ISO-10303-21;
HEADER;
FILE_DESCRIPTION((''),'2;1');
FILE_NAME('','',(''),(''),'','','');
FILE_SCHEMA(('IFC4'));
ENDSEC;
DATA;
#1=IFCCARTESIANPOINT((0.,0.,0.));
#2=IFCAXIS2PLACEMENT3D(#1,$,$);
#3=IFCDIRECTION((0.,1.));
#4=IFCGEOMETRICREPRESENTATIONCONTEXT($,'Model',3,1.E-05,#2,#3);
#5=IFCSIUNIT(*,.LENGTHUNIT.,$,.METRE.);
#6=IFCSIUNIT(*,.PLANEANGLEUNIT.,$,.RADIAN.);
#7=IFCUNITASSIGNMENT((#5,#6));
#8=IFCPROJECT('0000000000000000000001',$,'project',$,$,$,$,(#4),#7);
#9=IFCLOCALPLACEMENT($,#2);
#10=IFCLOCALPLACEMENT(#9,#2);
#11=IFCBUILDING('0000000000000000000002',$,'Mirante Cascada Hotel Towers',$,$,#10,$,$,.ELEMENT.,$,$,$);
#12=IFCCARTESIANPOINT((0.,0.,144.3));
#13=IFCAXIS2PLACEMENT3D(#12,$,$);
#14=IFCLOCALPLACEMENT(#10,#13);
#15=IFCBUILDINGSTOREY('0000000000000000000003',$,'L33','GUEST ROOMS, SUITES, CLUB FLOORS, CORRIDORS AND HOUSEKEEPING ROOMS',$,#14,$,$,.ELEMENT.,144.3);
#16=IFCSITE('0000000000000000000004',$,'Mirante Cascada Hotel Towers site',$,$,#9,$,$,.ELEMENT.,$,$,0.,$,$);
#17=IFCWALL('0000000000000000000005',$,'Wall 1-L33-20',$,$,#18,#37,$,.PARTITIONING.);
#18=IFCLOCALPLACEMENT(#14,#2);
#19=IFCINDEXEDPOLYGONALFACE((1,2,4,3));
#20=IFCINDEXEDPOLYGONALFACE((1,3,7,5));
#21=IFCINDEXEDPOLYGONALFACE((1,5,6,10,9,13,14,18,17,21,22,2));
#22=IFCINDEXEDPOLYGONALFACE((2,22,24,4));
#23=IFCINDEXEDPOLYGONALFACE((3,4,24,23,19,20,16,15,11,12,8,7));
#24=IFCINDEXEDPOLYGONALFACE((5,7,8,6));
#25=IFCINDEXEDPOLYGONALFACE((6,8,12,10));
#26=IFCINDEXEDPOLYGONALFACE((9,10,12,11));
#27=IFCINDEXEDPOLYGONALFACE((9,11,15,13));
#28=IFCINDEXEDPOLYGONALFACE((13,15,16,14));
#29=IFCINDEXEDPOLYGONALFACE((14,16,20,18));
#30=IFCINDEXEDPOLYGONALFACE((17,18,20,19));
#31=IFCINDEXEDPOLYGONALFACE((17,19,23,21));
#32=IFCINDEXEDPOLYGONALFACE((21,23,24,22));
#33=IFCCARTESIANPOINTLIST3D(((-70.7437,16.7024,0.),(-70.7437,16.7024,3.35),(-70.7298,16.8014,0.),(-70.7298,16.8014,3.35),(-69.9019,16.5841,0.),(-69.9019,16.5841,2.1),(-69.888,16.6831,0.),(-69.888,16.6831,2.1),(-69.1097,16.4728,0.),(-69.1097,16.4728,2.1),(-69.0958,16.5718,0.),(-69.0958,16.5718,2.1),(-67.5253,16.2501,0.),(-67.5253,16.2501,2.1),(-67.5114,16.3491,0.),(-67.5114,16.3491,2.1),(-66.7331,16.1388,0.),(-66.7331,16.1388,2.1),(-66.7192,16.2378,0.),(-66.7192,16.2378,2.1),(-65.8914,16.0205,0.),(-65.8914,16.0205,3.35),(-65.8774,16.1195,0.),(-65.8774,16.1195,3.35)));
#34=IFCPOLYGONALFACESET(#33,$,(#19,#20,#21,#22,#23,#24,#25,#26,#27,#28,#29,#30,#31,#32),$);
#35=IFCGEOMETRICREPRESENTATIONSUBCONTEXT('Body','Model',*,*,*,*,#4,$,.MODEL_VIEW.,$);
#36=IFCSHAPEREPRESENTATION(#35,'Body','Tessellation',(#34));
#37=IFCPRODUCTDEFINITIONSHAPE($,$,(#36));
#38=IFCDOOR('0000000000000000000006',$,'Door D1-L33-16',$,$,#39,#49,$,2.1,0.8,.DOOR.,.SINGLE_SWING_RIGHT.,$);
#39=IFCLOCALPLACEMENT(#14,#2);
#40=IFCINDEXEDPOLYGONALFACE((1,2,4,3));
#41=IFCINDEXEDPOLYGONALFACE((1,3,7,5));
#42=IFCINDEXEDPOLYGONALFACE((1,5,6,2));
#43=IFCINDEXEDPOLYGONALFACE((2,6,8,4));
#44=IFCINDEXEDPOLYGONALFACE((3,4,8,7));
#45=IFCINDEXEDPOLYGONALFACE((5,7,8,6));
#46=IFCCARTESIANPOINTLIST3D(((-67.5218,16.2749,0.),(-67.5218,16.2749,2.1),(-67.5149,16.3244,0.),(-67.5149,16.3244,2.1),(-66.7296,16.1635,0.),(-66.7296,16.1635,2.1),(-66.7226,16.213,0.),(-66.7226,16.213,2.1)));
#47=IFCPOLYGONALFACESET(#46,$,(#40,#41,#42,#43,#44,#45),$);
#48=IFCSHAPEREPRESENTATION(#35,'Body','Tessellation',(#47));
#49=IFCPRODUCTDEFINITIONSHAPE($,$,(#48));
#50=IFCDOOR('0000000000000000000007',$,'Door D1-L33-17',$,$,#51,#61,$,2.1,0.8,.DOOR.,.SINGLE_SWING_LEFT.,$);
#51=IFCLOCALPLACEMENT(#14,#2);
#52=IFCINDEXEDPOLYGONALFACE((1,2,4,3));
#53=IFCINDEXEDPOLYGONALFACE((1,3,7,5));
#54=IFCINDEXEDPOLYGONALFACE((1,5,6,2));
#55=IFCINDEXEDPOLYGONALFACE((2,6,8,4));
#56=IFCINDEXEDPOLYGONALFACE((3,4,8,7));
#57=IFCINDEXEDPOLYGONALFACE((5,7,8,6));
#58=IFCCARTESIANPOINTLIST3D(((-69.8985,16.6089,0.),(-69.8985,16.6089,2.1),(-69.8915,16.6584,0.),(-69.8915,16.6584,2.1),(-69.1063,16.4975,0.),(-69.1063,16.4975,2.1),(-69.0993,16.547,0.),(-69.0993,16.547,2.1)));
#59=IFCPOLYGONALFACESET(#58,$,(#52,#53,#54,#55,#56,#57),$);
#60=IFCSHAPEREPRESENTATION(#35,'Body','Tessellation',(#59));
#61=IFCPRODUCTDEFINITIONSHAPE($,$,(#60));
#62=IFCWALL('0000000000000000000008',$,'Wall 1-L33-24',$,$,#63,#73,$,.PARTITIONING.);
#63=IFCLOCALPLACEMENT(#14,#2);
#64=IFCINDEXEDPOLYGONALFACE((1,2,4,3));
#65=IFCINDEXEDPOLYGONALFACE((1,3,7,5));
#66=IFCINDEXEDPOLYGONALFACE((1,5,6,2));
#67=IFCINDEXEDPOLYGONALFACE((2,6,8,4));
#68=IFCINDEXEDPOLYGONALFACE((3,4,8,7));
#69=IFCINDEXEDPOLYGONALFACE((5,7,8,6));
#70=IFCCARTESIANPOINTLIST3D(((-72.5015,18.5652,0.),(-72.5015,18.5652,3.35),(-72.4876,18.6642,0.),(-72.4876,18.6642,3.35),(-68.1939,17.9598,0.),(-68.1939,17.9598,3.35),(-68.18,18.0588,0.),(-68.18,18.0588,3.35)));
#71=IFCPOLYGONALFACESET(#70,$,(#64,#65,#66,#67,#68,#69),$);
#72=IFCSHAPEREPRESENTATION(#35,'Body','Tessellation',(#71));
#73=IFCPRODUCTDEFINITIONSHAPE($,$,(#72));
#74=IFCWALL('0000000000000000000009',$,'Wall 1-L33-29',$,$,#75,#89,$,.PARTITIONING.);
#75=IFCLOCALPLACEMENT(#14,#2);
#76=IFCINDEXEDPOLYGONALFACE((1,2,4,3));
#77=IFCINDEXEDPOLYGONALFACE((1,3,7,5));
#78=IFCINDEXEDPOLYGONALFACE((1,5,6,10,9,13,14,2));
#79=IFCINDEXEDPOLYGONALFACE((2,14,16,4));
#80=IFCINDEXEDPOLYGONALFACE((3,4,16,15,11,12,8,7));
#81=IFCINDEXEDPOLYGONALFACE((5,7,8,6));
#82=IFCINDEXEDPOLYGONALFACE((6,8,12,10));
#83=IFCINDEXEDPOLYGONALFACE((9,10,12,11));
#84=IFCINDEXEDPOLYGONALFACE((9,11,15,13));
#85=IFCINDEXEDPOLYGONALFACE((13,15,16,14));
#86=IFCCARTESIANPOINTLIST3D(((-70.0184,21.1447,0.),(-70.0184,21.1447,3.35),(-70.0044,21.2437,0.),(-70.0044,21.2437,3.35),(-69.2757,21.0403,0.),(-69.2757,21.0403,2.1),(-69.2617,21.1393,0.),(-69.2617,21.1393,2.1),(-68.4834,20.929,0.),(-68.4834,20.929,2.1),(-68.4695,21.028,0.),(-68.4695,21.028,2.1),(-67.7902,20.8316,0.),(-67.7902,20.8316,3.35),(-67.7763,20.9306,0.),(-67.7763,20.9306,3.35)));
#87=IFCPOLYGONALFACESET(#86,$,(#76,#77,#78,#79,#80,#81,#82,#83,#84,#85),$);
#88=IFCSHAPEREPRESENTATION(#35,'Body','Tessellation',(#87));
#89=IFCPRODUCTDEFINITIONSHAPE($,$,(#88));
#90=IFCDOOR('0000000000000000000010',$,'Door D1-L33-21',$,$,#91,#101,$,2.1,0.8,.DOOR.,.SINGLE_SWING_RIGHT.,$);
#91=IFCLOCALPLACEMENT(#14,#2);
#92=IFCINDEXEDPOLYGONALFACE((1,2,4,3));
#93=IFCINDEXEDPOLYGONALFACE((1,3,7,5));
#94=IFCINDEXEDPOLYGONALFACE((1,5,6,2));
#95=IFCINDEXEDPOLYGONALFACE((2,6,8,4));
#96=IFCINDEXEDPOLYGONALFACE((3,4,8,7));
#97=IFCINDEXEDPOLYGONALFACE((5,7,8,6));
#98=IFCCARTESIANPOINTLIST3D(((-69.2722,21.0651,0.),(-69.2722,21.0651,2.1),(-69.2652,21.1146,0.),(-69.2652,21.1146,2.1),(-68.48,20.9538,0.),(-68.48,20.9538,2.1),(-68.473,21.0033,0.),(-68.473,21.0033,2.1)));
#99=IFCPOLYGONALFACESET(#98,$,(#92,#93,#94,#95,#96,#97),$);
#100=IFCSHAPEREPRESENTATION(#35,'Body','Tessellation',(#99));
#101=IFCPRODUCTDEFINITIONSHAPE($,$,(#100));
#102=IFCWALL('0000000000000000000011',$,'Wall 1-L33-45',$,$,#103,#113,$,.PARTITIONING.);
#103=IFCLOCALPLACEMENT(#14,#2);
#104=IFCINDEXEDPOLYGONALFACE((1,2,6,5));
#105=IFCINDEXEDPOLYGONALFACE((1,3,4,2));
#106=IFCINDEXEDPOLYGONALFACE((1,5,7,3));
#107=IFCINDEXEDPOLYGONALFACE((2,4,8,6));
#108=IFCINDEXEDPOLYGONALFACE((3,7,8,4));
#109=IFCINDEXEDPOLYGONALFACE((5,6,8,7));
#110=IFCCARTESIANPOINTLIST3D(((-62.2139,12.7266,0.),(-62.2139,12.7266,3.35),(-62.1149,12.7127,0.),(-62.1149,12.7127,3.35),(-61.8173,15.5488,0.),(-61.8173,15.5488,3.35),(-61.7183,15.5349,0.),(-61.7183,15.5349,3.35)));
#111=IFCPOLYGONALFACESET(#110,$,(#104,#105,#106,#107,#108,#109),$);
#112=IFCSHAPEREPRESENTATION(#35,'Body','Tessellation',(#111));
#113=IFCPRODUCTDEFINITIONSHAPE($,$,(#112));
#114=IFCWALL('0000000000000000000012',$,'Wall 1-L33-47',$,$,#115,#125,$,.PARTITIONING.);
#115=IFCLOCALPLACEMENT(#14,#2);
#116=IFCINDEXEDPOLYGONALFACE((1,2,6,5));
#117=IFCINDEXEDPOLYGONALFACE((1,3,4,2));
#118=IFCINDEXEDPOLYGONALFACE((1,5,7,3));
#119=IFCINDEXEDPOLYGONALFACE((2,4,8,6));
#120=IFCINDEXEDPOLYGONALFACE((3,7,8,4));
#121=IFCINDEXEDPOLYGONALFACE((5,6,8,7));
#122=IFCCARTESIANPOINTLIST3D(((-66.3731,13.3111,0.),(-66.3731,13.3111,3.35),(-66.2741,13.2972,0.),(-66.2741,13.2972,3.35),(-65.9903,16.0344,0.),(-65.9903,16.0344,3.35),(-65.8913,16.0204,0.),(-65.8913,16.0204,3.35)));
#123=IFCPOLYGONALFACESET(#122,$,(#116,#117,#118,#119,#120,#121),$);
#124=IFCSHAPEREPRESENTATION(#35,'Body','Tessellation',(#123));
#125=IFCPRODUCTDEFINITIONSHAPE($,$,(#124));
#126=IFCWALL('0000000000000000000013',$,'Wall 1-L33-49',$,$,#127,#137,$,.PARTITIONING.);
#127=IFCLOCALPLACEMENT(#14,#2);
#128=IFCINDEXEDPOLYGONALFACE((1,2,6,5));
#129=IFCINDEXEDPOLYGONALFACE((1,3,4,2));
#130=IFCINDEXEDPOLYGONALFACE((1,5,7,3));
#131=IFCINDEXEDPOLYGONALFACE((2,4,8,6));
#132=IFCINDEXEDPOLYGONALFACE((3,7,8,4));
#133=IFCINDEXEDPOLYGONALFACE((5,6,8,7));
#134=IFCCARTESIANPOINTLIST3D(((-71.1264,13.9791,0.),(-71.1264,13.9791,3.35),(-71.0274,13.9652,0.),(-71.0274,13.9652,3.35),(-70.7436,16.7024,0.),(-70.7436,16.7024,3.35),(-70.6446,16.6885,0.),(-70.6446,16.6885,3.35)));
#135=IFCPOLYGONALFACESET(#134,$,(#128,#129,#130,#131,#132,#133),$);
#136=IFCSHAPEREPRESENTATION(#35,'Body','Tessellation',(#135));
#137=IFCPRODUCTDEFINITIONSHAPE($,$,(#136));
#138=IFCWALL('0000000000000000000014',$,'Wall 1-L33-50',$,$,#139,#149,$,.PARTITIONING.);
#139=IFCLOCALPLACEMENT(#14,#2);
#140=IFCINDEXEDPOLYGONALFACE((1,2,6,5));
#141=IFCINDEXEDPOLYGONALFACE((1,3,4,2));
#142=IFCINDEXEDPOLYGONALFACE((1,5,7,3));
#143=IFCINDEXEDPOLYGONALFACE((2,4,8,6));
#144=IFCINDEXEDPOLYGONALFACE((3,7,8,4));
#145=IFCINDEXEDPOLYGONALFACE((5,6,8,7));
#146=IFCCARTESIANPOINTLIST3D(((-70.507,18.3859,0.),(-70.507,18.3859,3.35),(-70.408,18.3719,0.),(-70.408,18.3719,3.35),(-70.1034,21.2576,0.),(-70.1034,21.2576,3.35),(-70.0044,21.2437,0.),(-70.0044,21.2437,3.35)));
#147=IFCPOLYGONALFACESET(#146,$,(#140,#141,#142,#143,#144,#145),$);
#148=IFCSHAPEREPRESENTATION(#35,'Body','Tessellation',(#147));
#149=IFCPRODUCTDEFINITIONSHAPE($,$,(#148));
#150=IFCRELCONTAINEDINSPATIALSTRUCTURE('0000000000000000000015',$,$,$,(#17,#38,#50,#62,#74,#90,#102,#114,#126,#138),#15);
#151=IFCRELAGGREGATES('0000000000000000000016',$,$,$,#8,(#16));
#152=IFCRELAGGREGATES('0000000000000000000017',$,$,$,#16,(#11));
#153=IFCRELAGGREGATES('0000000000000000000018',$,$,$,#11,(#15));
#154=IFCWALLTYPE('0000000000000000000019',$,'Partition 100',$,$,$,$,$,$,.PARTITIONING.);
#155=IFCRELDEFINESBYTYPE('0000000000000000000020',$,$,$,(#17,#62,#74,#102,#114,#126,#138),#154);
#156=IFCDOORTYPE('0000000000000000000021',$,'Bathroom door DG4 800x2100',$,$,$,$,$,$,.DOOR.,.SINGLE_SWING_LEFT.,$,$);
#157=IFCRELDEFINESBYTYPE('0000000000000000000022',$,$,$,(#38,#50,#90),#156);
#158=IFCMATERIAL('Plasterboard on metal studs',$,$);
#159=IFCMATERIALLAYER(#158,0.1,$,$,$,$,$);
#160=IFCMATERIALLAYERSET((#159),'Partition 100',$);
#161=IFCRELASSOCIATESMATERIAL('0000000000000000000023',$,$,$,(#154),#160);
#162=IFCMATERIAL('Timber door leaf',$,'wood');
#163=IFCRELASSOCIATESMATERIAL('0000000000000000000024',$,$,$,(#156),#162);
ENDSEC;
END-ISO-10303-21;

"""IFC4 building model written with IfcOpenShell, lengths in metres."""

from ifc_helpers import new_model, si_unit, direction, frame, frame_2d, origin, place, context, subcontext, project, spatial, rectangle, extrude, material, layer, layer_set, type_object, element, fill, save


model = new_model("IFC4")

# Units and contexts
model_context = context("Model", 3, precision=1e-05, world=origin(), true_north=direction((0.0, 1.0)))
body_context = subcontext(model_context, "Body", "Model", "MODEL_VIEW")
ifc_project = project(units=[si_unit("LENGTHUNIT", "METRE"), si_unit("PLANEANGLEUNIT", "RADIAN")], contexts=[model_context])

# Site, building, storey
site_placement = place(None, origin())
site = spatial("IfcSite", under=ifc_project, at=site_placement, Name="Mirante Cascada Hotel Towers site", CompositionType="ELEMENT", RefElevation=0.0)
building_placement = place(site_placement, origin())
building = spatial("IfcBuilding", under=site, at=building_placement, Name="Mirante Cascada Hotel Towers", CompositionType="ELEMENT")
storey_placement = place(building_placement, frame((0.0, 0.0, 144.3)))
storey = spatial("IfcBuildingStorey", under=building, at=storey_placement, Name="L33", Description="GUEST ROOMS, SUITES, CLUB FLOORS, CORRIDORS AND HOUSEKEEPING ROOMS", CompositionType="ELEMENT", Elevation=144.3)

# Shared definitions
ifc_material_1 = material(Name="Plasterboard on metal studs")
ifc_layer_1 = layer(ifc_material_1, 0.1)
ifc_layer_set_1 = layer_set([ifc_layer_1], Name="Partition 100")
wall_type = type_object("IfcWallType", Name="Partition 100", PredefinedType="PARTITIONING", material=ifc_layer_set_1)
ifc_material_2 = material(Name="Timber door leaf", Category="wood")
door_type = type_object("IfcDoorType", Name="Bathroom door DG4 800x2100", OperationType="SINGLE_SWING_LEFT", PredefinedType="DOOR", material=ifc_material_2)

# Wall, openings, doors
wall_1_placement = place(storey_placement, frame((-65.8844, 16.07, 0.0), z_axis=(0.0, 0.0, 1.0), x_axis=(-0.990269, 0.139164, 0.0)))
wall_1 = element("IfcWall", 1, at=wall_1_placement, inside=storey, type_object=wall_type, Name="Wall 1-L33-20", PredefinedType="PARTITIONING", context=body_context, shape_type="SweptSolid", body=[
    extrude(rectangle(XDim=4.9, YDim=0.1, at=frame_2d((2.45, 0.0))), origin(), (0.0, 0.0, 1.0), 3.35),
])
opening_1_placement = place(wall_1_placement, frame((0.85, 0.0, 0.0)))
opening_1 = element("IfcOpeningElement", 2, at=opening_1_placement, cuts=wall_1, PredefinedType="OPENING", context=body_context, shape_type="SweptSolid", body=[
    extrude(rectangle(XDim=0.8, YDim=2.1, at=frame_2d((0.4, 1.05))), frame((0.0, 0.05, 0.0), z_axis=(0.0, -1.0, 0.0), x_axis=(1.0, 0.0, 0.0)), (0.0, 0.0, 1.0), 0.1),
])
opening_2_placement = place(wall_1_placement, frame((3.25, 0.0, 0.0)))
opening_2 = element("IfcOpeningElement", 3, at=opening_2_placement, cuts=wall_1, PredefinedType="OPENING", context=body_context, shape_type="SweptSolid", body=[
    extrude(rectangle(XDim=0.8, YDim=2.1, at=frame_2d((0.4, 1.05))), frame((0.0, 0.05, 0.0), z_axis=(0.0, -1.0, 0.0), x_axis=(1.0, 0.0, 0.0)), (0.0, 0.0, 1.0), 0.1),
])
door_1_placement = place(opening_1_placement, frame((0.8, 0.0, 0.0), z_axis=(0.0, 0.0, 1.0), x_axis=(-1.0, 0.0, 0.0)))
door_1 = element("IfcDoor", 4, at=door_1_placement, inside=storey, type_object=door_type, Name="Door D1-L33-16", OperationType="SINGLE_SWING_RIGHT", OverallHeight=2.1, OverallWidth=0.8, PredefinedType="DOOR", context=body_context, shape_type="SweptSolid", body=[
    extrude(rectangle(XDim=0.8, YDim=2.1, at=frame_2d((0.4, 1.05))), frame((0.0, 0.025, 0.0), z_axis=(0.0, -1.0, 0.0), x_axis=(1.0, 0.0, 0.0)), (0.0, 0.0, 1.0), 0.05),
])
fill(opening_1, door_1)
door_2_placement = place(opening_2_placement, origin())
door_2 = element("IfcDoor", 5, at=door_2_placement, inside=storey, type_object=door_type, Name="Door D1-L33-17", OperationType="SINGLE_SWING_LEFT", OverallHeight=2.1, OverallWidth=0.8, PredefinedType="DOOR", context=body_context, shape_type="SweptSolid", body=[
    extrude(rectangle(XDim=0.8, YDim=2.1, at=frame_2d((0.4, 1.05))), frame((0.0, 0.025, 0.0), z_axis=(0.0, -1.0, 0.0), x_axis=(1.0, 0.0, 0.0)), (0.0, 0.0, 1.0), 0.05),
])
fill(opening_2, door_2)

# Wall
wall_2_placement = place(storey_placement, frame((-68.1869, 18.0093, 0.0), z_axis=(0.0, 0.0, 1.0), x_axis=(-0.990268, 0.139175, 0.0)))
element("IfcWall", 6, at=wall_2_placement, inside=storey, type_object=wall_type, Name="Wall 1-L33-24", PredefinedType="PARTITIONING", context=body_context, shape_type="SweptSolid", body=[
    extrude(rectangle(XDim=4.3499, YDim=0.1, at=frame_2d((2.175, 0.0))), origin(), (0.0, 0.0, 1.0), 3.35),
])

# Wall, opening, door
wall_3_placement = place(storey_placement, frame((-70.0114, 21.1942, 0.0), z_axis=(0.0, 0.0, 1.0), x_axis=(0.990271, -0.139156, 0.0)))
wall_3 = element("IfcWall", 7, at=wall_3_placement, inside=storey, type_object=wall_type, Name="Wall 1-L33-29", PredefinedType="PARTITIONING", context=body_context, shape_type="SweptSolid", body=[
    extrude(rectangle(XDim=2.25, YDim=0.1, at=frame_2d((1.125, 0.0))), origin(), (0.0, 0.0, 1.0), 3.35),
])
opening_3_placement = place(wall_3_placement, frame((0.75, 0.0, 0.0)))
opening_3 = element("IfcOpeningElement", 8, at=opening_3_placement, cuts=wall_3, PredefinedType="OPENING", context=body_context, shape_type="SweptSolid", body=[
    extrude(rectangle(XDim=0.8, YDim=2.1, at=frame_2d((0.4, 1.05))), frame((0.0, 0.05, 0.0), z_axis=(0.0, -1.0, 0.0), x_axis=(1.0, 0.0, 0.0)), (0.0, 0.0, 1.0), 0.1),
])
door_3_placement = place(opening_3_placement, frame((0.8, 0.0, 0.0), z_axis=(0.0, 0.0, 1.0), x_axis=(-1.0, 0.0, 0.0)))
door_3 = element("IfcDoor", 9, at=door_3_placement, inside=storey, type_object=door_type, Name="Door D1-L33-21", OperationType="SINGLE_SWING_RIGHT", OverallHeight=2.1, OverallWidth=0.8, PredefinedType="DOOR", context=body_context, shape_type="SweptSolid", body=[
    extrude(rectangle(XDim=0.8, YDim=2.1, at=frame_2d((0.4, 1.05))), frame((0.0, 0.025, 0.0), z_axis=(0.0, -1.0, 0.0), x_axis=(1.0, 0.0, 0.0)), (0.0, 0.0, 1.0), 0.05),
])
fill(opening_3, door_3)

# Walls
wall_4_placement = place(storey_placement, frame((-61.7678, 15.5419, 0.0), z_axis=(0.0, 0.0, 1.0), x_axis=(-0.139161, -0.99027, 0.0)))
element("IfcWall", 10, at=wall_4_placement, inside=storey, type_object=wall_type, Name="Wall 1-L33-45", PredefinedType="PARTITIONING", context=body_context, shape_type="SweptSolid", body=[
    extrude(rectangle(XDim=2.8499, YDim=0.1, at=frame_2d((1.425, 0.0))), origin(), (0.0, 0.0, 1.0), 3.35),
])
wall_5_placement = place(storey_placement, frame((-65.9408, 16.0274, 0.0), z_axis=(0.0, 0.0, 1.0), x_axis=(-0.139201, -0.990264, 0.0)))
element("IfcWall", 11, at=wall_5_placement, inside=storey, type_object=wall_type, Name="Wall 1-L33-47", PredefinedType="PARTITIONING", context=body_context, shape_type="SweptSolid", body=[
    extrude(rectangle(XDim=2.75, YDim=0.1, at=frame_2d((1.375, 0.0))), origin(), (0.0, 0.0, 1.0), 3.35),
])
wall_6_placement = place(storey_placement, frame((-70.6941, 16.6955, 0.0), z_axis=(0.0, 0.0, 1.0), x_axis=(-0.139196, -0.990265, 0.0)))
element("IfcWall", 12, at=wall_6_placement, inside=storey, type_object=wall_type, Name="Wall 1-L33-49", PredefinedType="PARTITIONING", context=body_context, shape_type="SweptSolid", body=[
    extrude(rectangle(XDim=2.7501, YDim=0.1, at=frame_2d((1.3751, 0.0))), origin(), (0.0, 0.0, 1.0), 3.35),
])
wall_7_placement = place(storey_placement, frame((-70.4575, 18.3789, 0.0), z_axis=(0.0, 0.0, 1.0), x_axis=(0.139171, 0.990268, 0.0)))
element("IfcWall", 13, at=wall_7_placement, inside=storey, type_object=wall_type, Name="Wall 1-L33-50", PredefinedType="PARTITIONING", context=body_context, shape_type="SweptSolid", body=[
    extrude(rectangle(XDim=2.9, YDim=0.1, at=frame_2d((1.45, 0.0))), origin(), (0.0, 0.0, 1.0), 3.35),
])

save(model, "model.ifc")
